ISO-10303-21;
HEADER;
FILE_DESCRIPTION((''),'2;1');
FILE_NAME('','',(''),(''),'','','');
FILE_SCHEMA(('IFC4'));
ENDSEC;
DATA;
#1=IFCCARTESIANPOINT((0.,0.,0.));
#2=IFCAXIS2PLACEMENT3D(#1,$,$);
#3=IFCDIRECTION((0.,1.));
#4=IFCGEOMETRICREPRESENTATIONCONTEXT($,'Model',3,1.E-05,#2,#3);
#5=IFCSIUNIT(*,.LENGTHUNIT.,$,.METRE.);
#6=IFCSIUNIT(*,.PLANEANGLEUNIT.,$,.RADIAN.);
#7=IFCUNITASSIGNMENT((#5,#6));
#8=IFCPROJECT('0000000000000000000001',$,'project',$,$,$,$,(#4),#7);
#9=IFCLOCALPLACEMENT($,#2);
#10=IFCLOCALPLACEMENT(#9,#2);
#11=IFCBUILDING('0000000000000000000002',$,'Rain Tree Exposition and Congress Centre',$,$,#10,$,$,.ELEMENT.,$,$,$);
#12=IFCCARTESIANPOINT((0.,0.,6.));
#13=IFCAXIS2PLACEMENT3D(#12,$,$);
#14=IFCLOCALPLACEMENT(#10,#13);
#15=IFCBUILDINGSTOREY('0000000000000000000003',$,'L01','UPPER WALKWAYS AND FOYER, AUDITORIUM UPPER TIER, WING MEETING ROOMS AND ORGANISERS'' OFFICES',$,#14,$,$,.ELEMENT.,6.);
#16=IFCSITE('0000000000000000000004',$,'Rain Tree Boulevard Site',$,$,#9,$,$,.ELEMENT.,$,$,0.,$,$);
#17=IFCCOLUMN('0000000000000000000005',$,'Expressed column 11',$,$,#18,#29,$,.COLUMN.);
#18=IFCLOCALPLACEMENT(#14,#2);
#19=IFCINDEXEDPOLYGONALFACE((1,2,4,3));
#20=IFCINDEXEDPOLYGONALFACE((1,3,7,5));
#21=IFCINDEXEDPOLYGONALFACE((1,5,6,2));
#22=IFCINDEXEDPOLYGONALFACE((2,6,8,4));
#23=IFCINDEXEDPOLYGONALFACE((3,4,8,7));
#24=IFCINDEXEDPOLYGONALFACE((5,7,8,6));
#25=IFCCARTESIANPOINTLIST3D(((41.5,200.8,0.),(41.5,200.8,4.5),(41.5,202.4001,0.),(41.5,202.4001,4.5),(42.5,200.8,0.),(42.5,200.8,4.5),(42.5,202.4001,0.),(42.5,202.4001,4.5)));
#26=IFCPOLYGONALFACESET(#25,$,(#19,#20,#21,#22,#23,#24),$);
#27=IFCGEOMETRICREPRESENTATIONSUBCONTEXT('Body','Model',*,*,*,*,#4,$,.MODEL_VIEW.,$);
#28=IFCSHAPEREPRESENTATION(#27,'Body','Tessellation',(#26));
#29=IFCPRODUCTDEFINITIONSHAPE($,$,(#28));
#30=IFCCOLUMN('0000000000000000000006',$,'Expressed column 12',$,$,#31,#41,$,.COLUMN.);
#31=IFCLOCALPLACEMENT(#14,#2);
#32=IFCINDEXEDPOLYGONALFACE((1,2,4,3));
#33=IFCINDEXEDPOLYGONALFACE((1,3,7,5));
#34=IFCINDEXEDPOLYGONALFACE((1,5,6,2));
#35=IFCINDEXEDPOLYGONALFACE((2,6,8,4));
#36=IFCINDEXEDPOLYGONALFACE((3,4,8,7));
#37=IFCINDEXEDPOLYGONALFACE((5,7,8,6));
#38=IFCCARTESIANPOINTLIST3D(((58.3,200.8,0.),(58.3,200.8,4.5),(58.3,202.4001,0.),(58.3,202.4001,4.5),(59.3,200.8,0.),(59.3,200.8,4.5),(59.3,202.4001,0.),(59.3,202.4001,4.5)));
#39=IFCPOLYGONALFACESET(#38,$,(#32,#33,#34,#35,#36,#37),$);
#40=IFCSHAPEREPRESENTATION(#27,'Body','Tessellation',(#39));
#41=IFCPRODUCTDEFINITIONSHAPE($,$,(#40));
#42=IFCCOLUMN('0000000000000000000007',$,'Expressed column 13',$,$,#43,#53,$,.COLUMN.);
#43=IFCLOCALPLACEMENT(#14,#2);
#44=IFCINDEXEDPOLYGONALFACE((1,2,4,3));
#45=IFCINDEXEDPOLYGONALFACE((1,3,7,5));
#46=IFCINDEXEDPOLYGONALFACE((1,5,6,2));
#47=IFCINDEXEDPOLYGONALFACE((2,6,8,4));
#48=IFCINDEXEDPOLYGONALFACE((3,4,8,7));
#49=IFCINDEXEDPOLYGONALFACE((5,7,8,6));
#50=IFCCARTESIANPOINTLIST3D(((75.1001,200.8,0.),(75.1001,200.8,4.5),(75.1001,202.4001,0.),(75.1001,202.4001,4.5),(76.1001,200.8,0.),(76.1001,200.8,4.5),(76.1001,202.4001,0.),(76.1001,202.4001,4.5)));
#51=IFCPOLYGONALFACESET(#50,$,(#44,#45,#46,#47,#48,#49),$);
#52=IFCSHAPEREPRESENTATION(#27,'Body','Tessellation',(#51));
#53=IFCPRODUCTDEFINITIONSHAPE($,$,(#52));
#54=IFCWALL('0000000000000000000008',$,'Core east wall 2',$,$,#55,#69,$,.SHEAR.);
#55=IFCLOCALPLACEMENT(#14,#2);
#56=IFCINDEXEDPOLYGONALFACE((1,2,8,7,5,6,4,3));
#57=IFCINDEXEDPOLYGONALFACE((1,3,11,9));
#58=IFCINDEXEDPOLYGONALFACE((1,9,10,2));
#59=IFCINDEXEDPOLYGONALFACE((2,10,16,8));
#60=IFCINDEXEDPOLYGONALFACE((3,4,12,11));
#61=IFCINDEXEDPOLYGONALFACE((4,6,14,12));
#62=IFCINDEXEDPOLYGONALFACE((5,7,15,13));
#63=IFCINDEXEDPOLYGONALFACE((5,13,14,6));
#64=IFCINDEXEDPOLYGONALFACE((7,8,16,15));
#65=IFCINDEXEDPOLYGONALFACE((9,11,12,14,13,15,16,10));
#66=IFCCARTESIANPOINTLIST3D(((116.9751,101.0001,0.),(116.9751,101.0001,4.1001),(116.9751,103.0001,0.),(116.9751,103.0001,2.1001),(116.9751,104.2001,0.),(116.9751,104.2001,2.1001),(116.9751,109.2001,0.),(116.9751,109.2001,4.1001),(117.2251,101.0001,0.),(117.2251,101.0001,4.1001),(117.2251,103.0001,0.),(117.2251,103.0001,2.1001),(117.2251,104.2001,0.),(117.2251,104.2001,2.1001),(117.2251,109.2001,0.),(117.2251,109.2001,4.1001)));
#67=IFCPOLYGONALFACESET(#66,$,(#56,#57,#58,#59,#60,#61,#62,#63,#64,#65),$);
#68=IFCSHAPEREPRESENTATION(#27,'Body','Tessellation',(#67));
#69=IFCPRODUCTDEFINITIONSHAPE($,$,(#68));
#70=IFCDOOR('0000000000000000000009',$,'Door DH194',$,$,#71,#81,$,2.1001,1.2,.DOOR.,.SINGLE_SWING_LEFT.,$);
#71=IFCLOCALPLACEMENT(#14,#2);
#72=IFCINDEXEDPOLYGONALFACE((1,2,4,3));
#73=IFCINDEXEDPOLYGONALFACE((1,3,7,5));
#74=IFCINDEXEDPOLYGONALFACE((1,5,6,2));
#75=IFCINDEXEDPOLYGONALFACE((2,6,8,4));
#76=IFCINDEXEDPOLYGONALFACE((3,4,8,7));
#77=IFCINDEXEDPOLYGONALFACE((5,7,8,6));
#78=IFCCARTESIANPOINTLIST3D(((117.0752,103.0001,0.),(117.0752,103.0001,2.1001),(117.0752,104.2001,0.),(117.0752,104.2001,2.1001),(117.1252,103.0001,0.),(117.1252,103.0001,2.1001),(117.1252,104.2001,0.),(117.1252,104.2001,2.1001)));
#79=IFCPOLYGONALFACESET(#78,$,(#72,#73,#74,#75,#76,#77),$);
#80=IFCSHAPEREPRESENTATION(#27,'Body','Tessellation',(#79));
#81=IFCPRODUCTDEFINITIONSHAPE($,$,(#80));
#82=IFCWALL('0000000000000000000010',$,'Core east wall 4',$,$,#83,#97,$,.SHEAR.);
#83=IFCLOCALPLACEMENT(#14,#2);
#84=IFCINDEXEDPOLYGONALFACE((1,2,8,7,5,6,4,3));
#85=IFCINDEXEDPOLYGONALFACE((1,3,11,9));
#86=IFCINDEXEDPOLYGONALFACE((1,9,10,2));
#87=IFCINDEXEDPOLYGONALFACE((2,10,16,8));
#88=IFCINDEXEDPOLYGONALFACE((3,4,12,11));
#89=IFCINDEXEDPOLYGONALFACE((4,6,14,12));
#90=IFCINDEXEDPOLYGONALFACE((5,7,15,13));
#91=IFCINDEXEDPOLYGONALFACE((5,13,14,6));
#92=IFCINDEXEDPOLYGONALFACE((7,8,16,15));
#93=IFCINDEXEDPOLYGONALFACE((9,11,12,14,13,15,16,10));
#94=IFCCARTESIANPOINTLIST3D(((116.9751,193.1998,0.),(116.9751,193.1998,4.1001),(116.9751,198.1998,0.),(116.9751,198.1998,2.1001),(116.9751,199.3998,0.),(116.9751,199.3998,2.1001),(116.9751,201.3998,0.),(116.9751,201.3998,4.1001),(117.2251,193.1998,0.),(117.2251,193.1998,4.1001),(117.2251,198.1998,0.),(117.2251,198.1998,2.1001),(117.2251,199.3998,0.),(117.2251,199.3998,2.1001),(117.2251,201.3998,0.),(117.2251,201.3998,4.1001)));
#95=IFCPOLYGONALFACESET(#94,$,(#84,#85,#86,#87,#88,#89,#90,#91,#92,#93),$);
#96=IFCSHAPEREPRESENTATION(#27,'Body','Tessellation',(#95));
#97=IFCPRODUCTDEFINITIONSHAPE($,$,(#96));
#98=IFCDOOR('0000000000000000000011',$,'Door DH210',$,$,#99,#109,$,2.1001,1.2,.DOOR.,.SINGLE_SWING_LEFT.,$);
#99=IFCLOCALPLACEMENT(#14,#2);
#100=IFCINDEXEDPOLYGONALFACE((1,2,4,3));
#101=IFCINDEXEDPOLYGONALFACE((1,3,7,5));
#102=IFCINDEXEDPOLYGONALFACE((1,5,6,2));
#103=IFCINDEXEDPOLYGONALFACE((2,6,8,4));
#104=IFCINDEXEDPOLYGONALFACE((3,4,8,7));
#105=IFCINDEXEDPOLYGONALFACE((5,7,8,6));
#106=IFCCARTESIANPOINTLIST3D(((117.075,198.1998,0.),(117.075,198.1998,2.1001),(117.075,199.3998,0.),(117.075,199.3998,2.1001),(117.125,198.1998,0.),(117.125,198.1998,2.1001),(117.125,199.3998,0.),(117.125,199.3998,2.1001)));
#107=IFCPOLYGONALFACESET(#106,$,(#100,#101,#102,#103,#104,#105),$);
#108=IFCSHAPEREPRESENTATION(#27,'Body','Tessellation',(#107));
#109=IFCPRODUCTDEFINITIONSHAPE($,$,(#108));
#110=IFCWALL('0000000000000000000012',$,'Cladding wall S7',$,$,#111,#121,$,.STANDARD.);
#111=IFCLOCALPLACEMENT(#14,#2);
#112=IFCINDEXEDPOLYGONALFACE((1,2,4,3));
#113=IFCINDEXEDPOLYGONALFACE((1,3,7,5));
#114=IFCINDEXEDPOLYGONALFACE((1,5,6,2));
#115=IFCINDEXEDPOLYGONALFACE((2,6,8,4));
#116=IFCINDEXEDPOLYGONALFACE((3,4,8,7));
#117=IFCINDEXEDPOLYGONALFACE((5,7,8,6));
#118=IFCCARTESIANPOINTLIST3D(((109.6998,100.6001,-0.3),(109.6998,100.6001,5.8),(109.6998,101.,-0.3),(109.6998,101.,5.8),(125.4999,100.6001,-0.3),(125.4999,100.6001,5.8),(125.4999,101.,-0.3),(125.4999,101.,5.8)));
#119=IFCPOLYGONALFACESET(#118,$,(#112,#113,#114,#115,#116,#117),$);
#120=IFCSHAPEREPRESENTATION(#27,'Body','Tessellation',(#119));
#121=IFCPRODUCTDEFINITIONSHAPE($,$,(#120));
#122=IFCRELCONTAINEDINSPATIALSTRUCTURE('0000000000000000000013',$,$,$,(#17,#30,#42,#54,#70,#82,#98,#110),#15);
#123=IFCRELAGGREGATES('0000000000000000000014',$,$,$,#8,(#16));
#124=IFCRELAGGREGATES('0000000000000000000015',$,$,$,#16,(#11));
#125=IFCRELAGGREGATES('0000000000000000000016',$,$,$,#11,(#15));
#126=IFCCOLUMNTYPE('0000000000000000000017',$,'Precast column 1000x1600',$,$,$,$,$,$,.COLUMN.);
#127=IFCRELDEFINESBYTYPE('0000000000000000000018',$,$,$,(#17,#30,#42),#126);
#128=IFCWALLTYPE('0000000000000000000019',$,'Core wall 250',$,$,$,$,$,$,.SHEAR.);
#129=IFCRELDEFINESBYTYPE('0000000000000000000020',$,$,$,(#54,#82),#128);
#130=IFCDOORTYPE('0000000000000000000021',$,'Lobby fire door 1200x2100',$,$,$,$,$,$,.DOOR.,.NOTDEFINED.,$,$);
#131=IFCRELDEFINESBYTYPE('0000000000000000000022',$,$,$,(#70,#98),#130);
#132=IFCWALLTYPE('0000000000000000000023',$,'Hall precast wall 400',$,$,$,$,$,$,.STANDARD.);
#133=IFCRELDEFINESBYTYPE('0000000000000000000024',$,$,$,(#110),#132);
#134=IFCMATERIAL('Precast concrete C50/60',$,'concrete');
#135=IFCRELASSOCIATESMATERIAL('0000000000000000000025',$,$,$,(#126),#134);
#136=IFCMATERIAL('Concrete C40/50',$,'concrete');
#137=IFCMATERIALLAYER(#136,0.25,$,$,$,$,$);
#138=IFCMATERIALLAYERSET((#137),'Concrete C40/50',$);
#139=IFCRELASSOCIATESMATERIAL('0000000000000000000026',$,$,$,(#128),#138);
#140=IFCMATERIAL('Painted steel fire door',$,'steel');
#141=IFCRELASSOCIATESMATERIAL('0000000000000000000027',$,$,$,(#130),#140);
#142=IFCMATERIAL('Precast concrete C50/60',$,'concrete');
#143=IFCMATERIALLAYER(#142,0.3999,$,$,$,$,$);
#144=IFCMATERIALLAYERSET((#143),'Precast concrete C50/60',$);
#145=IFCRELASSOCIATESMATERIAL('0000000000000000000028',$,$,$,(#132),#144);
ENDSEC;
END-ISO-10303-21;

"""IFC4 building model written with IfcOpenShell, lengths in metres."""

from ifc_helpers import new_model, si_unit, direction, frame, frame_2d, origin, origin_2d, place, context, subcontext, project, spatial, rectangle, extrude, material, layer, layer_set, material_profile, profile_set, type_object, element, fill, save


model = new_model("IFC4")

# Units and contexts
model_context = context("Model", 3, precision=1e-05, world=origin(), true_north=direction((0.0, 1.0)))
body_context = subcontext(model_context, "Body", "Model", "MODEL_VIEW")
ifc_project = project(units=[si_unit("LENGTHUNIT", "METRE"), si_unit("PLANEANGLEUNIT", "RADIAN")], contexts=[model_context])

# Site, building, storey
site_placement = place(None, origin())
site = spatial("IfcSite", under=ifc_project, at=site_placement, Name="Rain Tree Boulevard Site", CompositionType="ELEMENT", RefElevation=0.0)
building_placement = place(site_placement, origin())
building = spatial("IfcBuilding", under=site, at=building_placement, Name="Rain Tree Exposition and Congress Centre", CompositionType="ELEMENT")
storey_placement = place(building_placement, frame((0.0, 0.0, 6.0)))
storey = spatial("IfcBuildingStorey", under=building, at=storey_placement, Name="L01", Description="UPPER WALKWAYS AND FOYER, AUDITORIUM UPPER TIER, WING MEETING ROOMS AND ORGANISERS' OFFICES", CompositionType="ELEMENT", Elevation=6.0)

# Columns
ifc_material_1 = material(Name="Precast concrete C50/60", Category="concrete")
ifc_material_profile = material_profile(ifc_material_1, rectangle(XDim=1.0, YDim=1.6001, at=origin_2d()), Name="RC 1000x1600")
ifc_profile_set = profile_set([ifc_material_profile], Name="Precast concrete C50/60")
column_type = type_object("IfcColumnType", Name="Precast column 1000x1600", PredefinedType="COLUMN", material=ifc_profile_set)
for number, where, z_axis, x_axis, name in (
    (1, (42.0, 201.6001, 0.0), (0.0, 0.0, 1.0), (1.0, 0.0, 0.0), "Expressed column 11"),
    (2, (58.8, 201.6001, 0.0), (0.0, 0.0, 1.0), (1.0, 0.0, 0.0), "Expressed column 12"),
    (3, (75.6001, 201.6001, 0.0), (0.0, 0.0, 1.0), (1.0, 0.0, 0.0), "Expressed column 13"),
):
    element("IfcColumn", number, at=place(storey_placement, frame(where, z_axis=z_axis, x_axis=x_axis)), inside=storey, type_object=column_type, Name=name, PredefinedType="COLUMN", context=body_context, shape_type="SweptSolid", body=[
        extrude(rectangle(XDim=1.0, YDim=1.6001, at=origin_2d()), origin(), (0.0, 0.0, 1.0), 4.5),
    ])

# Walls, openings, doors
ifc_material_2 = material(Name="Concrete C40/50", Category="concrete")
ifc_layer_1 = layer(ifc_material_2, 0.25)
ifc_layer_set_1 = layer_set([ifc_layer_1], Name="Concrete C40/50")
wall_type_1 = type_object("IfcWallType", Name="Core wall 250", PredefinedType="SHEAR", material=ifc_layer_set_1)
wall_1_placement = place(storey_placement, frame((117.1001, 101.0, 0.0), z_axis=(0.0, 0.0, 1.0), x_axis=(0.0, 1.0, 0.0)))
wall_1 = element("IfcWall", 4, at=wall_1_placement, inside=storey, type_object=wall_type_1, Name="Core east wall 2", PredefinedType="SHEAR", context=body_context, shape_type="SweptSolid", body=[
    extrude(rectangle(XDim=8.2, YDim=0.25, at=frame_2d((4.1001, 0.0))), origin(), (0.0, 0.0, 1.0), 4.1001),
])
opening_1_placement = place(wall_1_placement, frame((2.0, 0.0, 0.0)))
opening_1 = element("IfcOpeningElement", 5, at=opening_1_placement, cuts=wall_1, PredefinedType="OPENING", context=body_context, shape_type="SweptSolid", body=[
    extrude(rectangle(XDim=1.2, YDim=2.1001, at=frame_2d((0.6001, 1.05))), frame((0.0, 0.125, 0.0), z_axis=(0.0, -1.0, 0.0), x_axis=(1.0, 0.0, 0.0)), (0.0, 0.0, 1.0), 0.25),
])
ifc_material_3 = material(Name="Painted steel fire door", Category="steel")
door_type = type_object("IfcDoorType", Name="Lobby fire door 1200x2100", OperationType="NOTDEFINED", PredefinedType="DOOR", material=ifc_material_3)
door_1_placement = place(opening_1_placement, origin())
door_1 = element("IfcDoor", 6, at=door_1_placement, inside=storey, type_object=door_type, Name="Door DH194", OperationType="SINGLE_SWING_LEFT", OverallHeight=2.1001, OverallWidth=1.2, PredefinedType="DOOR", context=body_context, shape_type="SweptSolid", body=[
    extrude(rectangle(XDim=1.2, YDim=2.1001, at=frame_2d((0.6001, 1.05))), frame((0.0, 0.0249, 0.0), z_axis=(0.0, -1.0, 0.0), x_axis=(1.0, 0.0, 0.0)), (0.0, 0.0, 1.0), 0.05),
])
fill(opening_1, door_1)
wall_2_placement = place(storey_placement, frame((117.1001, 201.3999, 0.0), z_axis=(0.0, 0.0, 1.0), x_axis=(0.0, -1.0, 0.0)))
wall_2 = element("IfcWall", 7, at=wall_2_placement, inside=storey, type_object=wall_type_1, Name="Core east wall 4", PredefinedType="SHEAR", context=body_context, shape_type="SweptSolid", body=[
    extrude(rectangle(XDim=8.2, YDim=0.25, at=frame_2d((4.1001, 0.0))), origin(), (0.0, 0.0, 1.0), 4.1001),
])
opening_2_placement = place(wall_2_placement, frame((2.0, 0.0, 0.0)))
opening_2 = element("IfcOpeningElement", 8, at=opening_2_placement, cuts=wall_2, PredefinedType="OPENING", context=body_context, shape_type="SweptSolid", body=[
    extrude(rectangle(XDim=1.2, YDim=2.1001, at=frame_2d((0.6001, 1.05))), frame((0.0, 0.125, 0.0), z_axis=(0.0, -1.0, 0.0), x_axis=(1.0, 0.0, 0.0)), (0.0, 0.0, 1.0), 0.25),
])
door_2_placement = place(opening_2_placement, origin())
door_2 = element("IfcDoor", 9, at=door_2_placement, inside=storey, type_object=door_type, Name="Door DH210", OperationType="SINGLE_SWING_LEFT", OverallHeight=2.1001, OverallWidth=1.2, PredefinedType="DOOR", context=body_context, shape_type="SweptSolid", body=[
    extrude(rectangle(XDim=1.2, YDim=2.1001, at=frame_2d((0.6001, 1.05))), frame((0.0, 0.0249, 0.0), z_axis=(0.0, -1.0, 0.0), x_axis=(1.0, 0.0, 0.0)), (0.0, 0.0, 1.0), 0.05),
])
fill(opening_2, door_2)

# Wall
ifc_material_4 = material(Name="Precast concrete C50/60", Category="concrete")
ifc_layer_2 = layer(ifc_material_4, 0.3999)
ifc_layer_set_2 = layer_set([ifc_layer_2], Name="Precast concrete C50/60")
wall_type_2 = type_object("IfcWallType", Name="Hall precast wall 400", PredefinedType="STANDARD", material=ifc_layer_set_2)
wall_3_placement = place(storey_placement, frame((109.7, 100.8, -0.3), z_axis=(0.0, 0.0, 1.0), x_axis=(1.0, 0.0, 0.0)))
element("IfcWall", 10, at=wall_3_placement, inside=storey, type_object=wall_type_2, Name="Cladding wall S7", PredefinedType="STANDARD", context=body_context, shape_type="SweptSolid", body=[
    extrude(rectangle(XDim=15.8, YDim=0.3999, at=frame_2d((7.8999, 0.0))), origin(), (0.0, 0.0, 1.0), 6.1001),
])

save(model, "model.ifc")
